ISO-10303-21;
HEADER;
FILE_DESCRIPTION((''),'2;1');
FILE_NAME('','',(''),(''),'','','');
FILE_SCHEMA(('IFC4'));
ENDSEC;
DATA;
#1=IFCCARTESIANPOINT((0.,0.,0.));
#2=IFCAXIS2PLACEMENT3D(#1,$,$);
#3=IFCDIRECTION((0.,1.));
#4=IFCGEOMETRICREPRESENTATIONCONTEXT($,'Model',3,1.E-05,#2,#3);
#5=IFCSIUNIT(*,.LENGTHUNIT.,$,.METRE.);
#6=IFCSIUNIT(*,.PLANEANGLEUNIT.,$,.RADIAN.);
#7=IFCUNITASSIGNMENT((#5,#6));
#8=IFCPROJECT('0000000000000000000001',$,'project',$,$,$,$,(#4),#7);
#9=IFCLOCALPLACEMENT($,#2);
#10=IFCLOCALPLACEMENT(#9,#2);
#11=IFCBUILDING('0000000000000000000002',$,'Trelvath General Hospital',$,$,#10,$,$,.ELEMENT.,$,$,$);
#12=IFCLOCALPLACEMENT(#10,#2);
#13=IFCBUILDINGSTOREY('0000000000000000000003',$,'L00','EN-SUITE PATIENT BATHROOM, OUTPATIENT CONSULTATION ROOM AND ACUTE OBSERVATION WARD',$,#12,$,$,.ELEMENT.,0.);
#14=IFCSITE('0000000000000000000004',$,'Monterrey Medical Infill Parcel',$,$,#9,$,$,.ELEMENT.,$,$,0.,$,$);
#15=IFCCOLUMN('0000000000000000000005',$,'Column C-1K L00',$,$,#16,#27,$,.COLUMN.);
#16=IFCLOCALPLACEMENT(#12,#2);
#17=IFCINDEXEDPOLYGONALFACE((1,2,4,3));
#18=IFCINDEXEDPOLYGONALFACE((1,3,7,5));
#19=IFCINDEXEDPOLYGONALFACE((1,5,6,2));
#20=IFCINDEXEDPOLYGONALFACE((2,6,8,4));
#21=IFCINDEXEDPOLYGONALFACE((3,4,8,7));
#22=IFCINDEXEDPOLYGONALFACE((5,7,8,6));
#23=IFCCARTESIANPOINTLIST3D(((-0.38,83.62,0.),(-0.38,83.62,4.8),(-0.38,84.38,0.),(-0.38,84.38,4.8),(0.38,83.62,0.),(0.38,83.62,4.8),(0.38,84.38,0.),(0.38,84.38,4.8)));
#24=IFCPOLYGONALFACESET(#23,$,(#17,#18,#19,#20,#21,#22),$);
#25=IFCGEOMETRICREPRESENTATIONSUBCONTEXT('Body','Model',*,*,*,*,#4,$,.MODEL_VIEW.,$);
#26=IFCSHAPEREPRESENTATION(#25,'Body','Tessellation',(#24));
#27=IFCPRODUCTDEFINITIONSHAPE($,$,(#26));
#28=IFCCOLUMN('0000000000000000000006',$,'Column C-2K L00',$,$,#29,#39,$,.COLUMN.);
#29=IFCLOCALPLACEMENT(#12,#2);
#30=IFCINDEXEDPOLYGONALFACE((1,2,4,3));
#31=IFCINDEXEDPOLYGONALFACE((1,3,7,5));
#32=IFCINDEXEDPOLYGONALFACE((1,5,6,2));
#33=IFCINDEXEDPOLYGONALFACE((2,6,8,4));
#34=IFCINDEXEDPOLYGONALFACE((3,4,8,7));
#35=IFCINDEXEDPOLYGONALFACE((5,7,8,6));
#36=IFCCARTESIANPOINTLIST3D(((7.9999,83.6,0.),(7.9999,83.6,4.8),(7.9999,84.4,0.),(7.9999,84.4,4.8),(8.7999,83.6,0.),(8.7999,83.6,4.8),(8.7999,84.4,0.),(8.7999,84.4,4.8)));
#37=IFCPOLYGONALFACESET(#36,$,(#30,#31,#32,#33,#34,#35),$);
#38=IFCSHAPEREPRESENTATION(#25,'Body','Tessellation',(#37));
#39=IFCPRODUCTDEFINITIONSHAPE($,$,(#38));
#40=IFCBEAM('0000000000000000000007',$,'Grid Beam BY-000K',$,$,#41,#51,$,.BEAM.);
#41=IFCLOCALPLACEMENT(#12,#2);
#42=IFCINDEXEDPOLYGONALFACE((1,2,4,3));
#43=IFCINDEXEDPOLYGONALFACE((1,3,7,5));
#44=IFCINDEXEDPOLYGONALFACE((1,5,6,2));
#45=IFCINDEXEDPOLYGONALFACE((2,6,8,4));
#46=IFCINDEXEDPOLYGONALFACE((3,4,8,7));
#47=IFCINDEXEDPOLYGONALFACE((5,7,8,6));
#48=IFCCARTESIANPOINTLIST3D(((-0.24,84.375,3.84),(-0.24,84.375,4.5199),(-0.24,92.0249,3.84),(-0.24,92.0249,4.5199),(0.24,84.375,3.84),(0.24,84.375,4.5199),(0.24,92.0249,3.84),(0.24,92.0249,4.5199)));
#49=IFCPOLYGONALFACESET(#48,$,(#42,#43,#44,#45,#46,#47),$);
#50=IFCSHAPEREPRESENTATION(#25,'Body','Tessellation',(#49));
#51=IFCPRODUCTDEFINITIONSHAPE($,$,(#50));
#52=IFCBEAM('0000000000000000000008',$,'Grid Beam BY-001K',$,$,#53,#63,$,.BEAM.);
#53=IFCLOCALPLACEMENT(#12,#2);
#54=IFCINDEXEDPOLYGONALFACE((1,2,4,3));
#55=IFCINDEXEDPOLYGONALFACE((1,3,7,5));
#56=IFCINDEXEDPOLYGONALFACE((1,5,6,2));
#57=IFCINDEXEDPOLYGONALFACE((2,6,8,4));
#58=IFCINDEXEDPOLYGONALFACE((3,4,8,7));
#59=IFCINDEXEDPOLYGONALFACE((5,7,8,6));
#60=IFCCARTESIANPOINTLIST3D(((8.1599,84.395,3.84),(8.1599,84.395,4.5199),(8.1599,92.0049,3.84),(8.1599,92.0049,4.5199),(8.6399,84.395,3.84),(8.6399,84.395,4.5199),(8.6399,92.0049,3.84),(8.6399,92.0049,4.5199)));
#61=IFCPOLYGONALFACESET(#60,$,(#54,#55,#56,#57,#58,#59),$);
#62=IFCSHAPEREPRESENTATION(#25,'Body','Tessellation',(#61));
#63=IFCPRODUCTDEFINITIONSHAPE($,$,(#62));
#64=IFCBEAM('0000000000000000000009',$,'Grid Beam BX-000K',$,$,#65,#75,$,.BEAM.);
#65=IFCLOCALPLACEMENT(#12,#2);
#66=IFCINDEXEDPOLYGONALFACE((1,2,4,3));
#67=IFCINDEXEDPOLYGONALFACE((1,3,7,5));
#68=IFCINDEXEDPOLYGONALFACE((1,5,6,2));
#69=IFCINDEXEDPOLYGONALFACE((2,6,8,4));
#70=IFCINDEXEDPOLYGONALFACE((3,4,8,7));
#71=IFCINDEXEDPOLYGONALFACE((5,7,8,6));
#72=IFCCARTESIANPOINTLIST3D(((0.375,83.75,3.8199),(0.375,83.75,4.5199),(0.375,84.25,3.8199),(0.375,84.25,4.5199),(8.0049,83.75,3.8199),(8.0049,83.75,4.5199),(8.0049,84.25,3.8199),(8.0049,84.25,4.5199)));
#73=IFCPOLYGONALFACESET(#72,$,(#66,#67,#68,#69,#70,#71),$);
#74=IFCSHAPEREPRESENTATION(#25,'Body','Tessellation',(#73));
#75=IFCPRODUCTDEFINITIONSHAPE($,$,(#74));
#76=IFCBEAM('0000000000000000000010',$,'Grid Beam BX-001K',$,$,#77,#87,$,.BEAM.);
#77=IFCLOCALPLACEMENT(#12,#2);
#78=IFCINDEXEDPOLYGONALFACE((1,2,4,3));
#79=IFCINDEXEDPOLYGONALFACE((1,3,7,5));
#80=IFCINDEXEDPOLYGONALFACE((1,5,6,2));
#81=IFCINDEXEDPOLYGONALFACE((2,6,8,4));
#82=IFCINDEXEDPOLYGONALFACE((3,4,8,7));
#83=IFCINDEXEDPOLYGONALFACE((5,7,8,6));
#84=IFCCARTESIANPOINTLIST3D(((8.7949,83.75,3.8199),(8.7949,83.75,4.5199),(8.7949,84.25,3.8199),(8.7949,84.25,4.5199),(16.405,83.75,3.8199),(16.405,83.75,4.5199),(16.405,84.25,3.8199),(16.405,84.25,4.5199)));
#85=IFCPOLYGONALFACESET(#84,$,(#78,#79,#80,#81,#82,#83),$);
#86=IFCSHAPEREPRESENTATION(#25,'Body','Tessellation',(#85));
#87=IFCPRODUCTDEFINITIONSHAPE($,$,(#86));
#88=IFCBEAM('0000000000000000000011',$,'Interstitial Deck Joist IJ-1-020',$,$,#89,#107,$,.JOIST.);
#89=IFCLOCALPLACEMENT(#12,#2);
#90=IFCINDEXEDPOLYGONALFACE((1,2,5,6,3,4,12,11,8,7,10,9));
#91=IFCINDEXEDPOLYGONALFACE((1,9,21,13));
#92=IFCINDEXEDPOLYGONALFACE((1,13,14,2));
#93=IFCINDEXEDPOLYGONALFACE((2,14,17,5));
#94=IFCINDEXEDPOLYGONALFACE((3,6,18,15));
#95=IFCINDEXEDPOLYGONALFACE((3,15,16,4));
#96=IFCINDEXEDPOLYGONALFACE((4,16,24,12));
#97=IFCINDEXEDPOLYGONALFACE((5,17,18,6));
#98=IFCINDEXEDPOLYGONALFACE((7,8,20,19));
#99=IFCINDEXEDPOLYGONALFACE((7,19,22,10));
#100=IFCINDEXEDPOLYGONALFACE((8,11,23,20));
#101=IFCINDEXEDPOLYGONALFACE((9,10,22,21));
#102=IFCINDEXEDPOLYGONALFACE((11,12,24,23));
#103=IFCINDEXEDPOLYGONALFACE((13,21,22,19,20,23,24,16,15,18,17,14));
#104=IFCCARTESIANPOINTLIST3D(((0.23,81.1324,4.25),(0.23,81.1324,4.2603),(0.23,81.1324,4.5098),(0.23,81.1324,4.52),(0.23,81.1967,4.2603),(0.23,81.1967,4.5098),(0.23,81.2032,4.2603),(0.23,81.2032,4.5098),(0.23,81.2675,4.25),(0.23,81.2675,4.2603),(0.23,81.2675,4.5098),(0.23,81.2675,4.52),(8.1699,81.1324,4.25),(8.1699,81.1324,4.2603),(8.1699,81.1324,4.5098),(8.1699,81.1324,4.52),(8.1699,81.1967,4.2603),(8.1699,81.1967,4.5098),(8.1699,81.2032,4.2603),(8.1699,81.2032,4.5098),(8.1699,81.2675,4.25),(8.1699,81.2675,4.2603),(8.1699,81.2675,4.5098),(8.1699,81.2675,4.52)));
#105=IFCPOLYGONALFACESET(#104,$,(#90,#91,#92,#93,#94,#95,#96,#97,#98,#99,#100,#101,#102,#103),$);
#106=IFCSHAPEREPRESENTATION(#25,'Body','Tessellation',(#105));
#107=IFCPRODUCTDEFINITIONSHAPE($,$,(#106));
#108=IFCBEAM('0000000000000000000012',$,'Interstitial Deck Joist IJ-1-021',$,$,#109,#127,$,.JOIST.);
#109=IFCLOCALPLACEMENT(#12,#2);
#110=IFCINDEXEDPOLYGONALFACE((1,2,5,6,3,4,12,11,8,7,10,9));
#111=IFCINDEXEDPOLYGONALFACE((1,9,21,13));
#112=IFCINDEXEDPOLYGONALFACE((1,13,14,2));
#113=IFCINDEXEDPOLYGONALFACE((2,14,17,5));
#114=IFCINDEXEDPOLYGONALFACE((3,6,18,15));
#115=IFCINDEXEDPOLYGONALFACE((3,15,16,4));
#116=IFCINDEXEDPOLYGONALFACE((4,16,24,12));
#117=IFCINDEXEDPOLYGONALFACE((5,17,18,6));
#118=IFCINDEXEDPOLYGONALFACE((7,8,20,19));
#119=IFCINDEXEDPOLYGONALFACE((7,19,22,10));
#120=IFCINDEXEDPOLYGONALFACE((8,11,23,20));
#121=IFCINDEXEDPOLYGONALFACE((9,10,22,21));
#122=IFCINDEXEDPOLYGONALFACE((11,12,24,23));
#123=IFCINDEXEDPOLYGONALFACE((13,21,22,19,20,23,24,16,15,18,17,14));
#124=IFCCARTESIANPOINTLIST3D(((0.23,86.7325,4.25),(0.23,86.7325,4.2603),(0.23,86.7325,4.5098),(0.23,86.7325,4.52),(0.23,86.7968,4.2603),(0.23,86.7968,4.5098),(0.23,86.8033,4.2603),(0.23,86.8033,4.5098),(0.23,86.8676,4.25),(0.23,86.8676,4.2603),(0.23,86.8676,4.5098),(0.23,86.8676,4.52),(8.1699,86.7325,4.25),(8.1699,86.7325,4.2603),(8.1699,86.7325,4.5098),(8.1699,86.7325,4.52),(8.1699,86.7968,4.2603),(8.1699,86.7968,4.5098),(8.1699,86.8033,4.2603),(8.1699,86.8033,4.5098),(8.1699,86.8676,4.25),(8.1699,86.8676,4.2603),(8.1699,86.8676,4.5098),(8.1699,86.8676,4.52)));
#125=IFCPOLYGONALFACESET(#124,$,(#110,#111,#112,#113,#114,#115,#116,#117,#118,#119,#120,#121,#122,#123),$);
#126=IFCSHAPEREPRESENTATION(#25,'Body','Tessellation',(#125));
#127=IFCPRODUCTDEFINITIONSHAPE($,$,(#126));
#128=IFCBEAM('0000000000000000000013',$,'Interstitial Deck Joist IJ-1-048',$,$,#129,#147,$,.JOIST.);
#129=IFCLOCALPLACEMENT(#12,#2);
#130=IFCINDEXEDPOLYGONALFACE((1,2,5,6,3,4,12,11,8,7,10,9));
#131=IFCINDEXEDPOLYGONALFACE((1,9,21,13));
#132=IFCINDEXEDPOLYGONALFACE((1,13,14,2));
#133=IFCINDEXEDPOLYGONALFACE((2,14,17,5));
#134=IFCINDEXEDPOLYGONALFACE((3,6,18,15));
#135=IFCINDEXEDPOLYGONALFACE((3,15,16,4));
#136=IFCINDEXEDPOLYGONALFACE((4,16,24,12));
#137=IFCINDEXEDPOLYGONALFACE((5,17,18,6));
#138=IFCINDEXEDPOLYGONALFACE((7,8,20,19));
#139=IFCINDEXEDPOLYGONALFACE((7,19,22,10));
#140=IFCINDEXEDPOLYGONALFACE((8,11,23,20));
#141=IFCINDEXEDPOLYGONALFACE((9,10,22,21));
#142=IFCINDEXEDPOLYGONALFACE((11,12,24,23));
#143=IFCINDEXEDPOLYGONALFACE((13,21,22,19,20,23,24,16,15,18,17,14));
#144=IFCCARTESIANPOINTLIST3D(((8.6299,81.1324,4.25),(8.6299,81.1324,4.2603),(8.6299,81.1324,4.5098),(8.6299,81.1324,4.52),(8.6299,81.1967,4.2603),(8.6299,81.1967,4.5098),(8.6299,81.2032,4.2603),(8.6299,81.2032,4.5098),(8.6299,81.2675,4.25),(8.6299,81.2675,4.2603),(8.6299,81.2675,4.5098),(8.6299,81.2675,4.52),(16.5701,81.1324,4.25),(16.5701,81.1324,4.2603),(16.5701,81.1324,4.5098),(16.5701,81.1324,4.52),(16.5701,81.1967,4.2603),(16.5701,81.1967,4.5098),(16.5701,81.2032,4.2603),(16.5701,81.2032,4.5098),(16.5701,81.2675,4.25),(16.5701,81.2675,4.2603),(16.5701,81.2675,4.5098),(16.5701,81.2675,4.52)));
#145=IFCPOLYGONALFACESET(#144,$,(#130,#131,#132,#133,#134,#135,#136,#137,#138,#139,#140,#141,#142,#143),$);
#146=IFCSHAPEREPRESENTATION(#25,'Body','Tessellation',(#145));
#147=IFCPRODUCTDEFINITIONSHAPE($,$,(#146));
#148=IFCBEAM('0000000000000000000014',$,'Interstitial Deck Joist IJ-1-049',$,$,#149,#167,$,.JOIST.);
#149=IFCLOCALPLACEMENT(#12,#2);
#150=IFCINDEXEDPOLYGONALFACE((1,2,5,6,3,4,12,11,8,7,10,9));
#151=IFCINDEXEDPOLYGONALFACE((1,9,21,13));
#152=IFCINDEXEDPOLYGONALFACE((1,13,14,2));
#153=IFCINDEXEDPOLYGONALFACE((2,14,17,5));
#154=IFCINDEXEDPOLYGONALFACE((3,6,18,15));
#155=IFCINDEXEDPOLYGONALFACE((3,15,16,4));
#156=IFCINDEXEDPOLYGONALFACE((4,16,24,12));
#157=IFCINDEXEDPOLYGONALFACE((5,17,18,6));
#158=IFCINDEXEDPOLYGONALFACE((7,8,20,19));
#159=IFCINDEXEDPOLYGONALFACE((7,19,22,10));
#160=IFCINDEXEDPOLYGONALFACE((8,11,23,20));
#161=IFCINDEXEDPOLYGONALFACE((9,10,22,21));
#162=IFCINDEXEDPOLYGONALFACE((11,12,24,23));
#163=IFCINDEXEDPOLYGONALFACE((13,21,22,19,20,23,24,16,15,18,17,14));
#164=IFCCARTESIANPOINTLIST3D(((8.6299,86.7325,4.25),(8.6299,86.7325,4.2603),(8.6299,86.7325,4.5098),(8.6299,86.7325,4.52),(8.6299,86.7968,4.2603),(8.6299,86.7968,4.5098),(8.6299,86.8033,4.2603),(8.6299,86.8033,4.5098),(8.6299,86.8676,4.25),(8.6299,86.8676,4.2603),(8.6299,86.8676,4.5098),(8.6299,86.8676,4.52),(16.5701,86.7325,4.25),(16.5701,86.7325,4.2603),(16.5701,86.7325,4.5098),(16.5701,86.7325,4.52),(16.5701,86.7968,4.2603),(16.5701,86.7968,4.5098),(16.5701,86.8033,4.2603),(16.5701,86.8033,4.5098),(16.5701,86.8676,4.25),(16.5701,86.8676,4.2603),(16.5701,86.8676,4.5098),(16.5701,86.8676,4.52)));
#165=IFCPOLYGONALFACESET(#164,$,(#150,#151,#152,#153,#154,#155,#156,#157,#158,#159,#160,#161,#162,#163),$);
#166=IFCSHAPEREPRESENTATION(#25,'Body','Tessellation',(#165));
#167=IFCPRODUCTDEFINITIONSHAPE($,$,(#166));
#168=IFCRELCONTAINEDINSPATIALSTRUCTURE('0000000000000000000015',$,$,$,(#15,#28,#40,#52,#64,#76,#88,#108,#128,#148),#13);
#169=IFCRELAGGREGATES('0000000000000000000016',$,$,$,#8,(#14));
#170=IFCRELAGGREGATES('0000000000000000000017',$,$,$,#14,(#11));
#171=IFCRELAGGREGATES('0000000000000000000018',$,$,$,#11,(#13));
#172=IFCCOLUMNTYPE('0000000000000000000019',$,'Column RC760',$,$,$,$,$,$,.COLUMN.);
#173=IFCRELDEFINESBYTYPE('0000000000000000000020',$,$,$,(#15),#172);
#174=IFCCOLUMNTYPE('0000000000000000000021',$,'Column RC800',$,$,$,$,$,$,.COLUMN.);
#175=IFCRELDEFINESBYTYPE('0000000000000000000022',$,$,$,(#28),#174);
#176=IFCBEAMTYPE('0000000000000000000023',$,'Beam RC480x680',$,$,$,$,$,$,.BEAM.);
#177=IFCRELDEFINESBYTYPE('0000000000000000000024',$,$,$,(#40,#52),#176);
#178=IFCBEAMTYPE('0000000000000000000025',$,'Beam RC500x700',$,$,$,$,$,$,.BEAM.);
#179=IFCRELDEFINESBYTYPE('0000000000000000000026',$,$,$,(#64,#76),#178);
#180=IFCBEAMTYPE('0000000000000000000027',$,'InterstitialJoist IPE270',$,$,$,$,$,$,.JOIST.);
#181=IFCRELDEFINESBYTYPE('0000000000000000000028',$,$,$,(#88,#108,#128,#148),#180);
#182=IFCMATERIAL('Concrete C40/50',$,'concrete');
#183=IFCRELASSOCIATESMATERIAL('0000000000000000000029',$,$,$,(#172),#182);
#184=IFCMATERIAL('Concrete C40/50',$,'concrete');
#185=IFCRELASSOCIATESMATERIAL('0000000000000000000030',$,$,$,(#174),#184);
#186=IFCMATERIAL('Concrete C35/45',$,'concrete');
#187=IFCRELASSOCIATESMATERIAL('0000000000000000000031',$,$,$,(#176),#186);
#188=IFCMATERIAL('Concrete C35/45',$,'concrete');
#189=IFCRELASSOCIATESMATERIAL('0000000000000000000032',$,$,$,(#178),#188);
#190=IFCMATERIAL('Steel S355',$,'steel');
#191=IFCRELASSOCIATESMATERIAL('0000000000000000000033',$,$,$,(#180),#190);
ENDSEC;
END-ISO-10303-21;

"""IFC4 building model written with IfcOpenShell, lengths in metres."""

from ifc_helpers import new_model, si_unit, direction, frame, origin, origin_2d, place, context, subcontext, project, spatial, rectangle, i_section, extrude, material, material_profile, profile_set, type_object, element, save


model = new_model("IFC4")

# Units and contexts
model_context = context("Model", 3, precision=1e-05, world=origin(), true_north=direction((0.0, 1.0)))
body_context = subcontext(model_context, "Body", "Model", "MODEL_VIEW")
ifc_project = project(units=[si_unit("LENGTHUNIT", "METRE"), si_unit("PLANEANGLEUNIT", "RADIAN")], contexts=[model_context])

# Site, building, storey
site_placement = place(None, origin())
site = spatial("IfcSite", under=ifc_project, at=site_placement, Name="Monterrey Medical Infill Parcel", CompositionType="ELEMENT", RefElevation=0.0)
building_placement = place(site_placement, origin())
building = spatial("IfcBuilding", under=site, at=building_placement, Name="Trelvath General Hospital", CompositionType="ELEMENT")
storey_placement = place(building_placement, origin())
storey = spatial("IfcBuildingStorey", under=building, at=storey_placement, Name="L00", Description="EN-SUITE PATIENT BATHROOM, OUTPATIENT CONSULTATION ROOM AND ACUTE OBSERVATION WARD", CompositionType="ELEMENT", Elevation=0.0)

# Columns
ifc_material_1 = material(Name="Concrete C40/50", Category="concrete")
ifc_material_profile_1 = material_profile(ifc_material_1, rectangle(XDim=0.76, YDim=0.76, at=origin_2d()), Name="RC760x760")
ifc_profile_set_1 = profile_set([ifc_material_profile_1], Name="Concrete C40/50")
column_type_1 = type_object("IfcColumnType", Name="Column RC760", PredefinedType="COLUMN", material=ifc_profile_set_1)
column_1_placement = place(storey_placement, frame((0.0, 84.0, 0.0), z_axis=(0.0, 0.0, 1.0), x_axis=(1.0, 0.0, 0.0)))
element("IfcColumn", 1, at=column_1_placement, inside=storey, type_object=column_type_1, Name="Column C-1K L00", PredefinedType="COLUMN", context=body_context, shape_type="SweptSolid", body=[
    extrude(rectangle(XDim=0.76, YDim=0.76, at=origin_2d()), origin(), (0.0, 0.0, 1.0), 4.8),
])
ifc_material_2 = material(Name="Concrete C40/50", Category="concrete")
ifc_material_profile_2 = material_profile(ifc_material_2, rectangle(XDim=0.8, YDim=0.8, at=origin_2d()), Name="RC800x800")
ifc_profile_set_2 = profile_set([ifc_material_profile_2], Name="Concrete C40/50")
column_type_2 = type_object("IfcColumnType", Name="Column RC800", PredefinedType="COLUMN", material=ifc_profile_set_2)
column_2_placement = place(storey_placement, frame((8.3999, 84.0, 0.0), z_axis=(0.0, 0.0, 1.0), x_axis=(1.0, 0.0, 0.0)))
element("IfcColumn", 2, at=column_2_placement, inside=storey, type_object=column_type_2, Name="Column C-2K L00", PredefinedType="COLUMN", context=body_context, shape_type="SweptSolid", body=[
    extrude(rectangle(XDim=0.8, YDim=0.8, at=origin_2d()), origin(), (0.0, 0.0, 1.0), 4.8),
])

# Beams
ifc_material_3 = material(Name="Concrete C35/45", Category="concrete")
ifc_material_profile_3 = material_profile(ifc_material_3, rectangle(XDim=0.48, YDim=0.6799, at=origin_2d()), Name="RCB480x680")
ifc_profile_set_3 = profile_set([ifc_material_profile_3], Name="Concrete C35/45")
beam_type_1 = type_object("IfcBeamType", Name="Beam RC480x680", PredefinedType="BEAM", material=ifc_profile_set_3)
beam_1_placement = place(storey_placement, frame((0.0, 84.375, 4.1799), z_axis=(0.0, 1.0, 0.0), x_axis=(-1.0, 0.0, 0.0)))
element("IfcBeam", 3, at=beam_1_placement, inside=storey, type_object=beam_type_1, Name="Grid Beam BY-000K", PredefinedType="BEAM", context=body_context, shape_type="SweptSolid", body=[
    extrude(rectangle(XDim=0.48, YDim=0.6799, at=origin_2d()), origin(), (0.0, 0.0, 1.0), 7.6499),
])
beam_2_placement = place(storey_placement, frame((8.3999, 84.395, 4.1799), z_axis=(0.0, 1.0, 0.0), x_axis=(-1.0, 0.0, 0.0)))
element("IfcBeam", 4, at=beam_2_placement, inside=storey, type_object=beam_type_1, Name="Grid Beam BY-001K", PredefinedType="BEAM", context=body_context, shape_type="SweptSolid", body=[
    extrude(rectangle(XDim=0.48, YDim=0.6799, at=origin_2d()), origin(), (0.0, 0.0, 1.0), 7.6099),
])
ifc_material_4 = material(Name="Concrete C35/45", Category="concrete")
ifc_material_profile_4 = material_profile(ifc_material_4, rectangle(XDim=0.5, YDim=0.7, at=origin_2d()), Name="RCB500x700")
ifc_profile_set_4 = profile_set([ifc_material_profile_4], Name="Concrete C35/45")
beam_type_2 = type_object("IfcBeamType", Name="Beam RC500x700", PredefinedType="BEAM", material=ifc_profile_set_4)
beam_3_placement = place(storey_placement, frame((0.375, 84.0, 4.1699), z_axis=(1.0, 0.0, 0.0), x_axis=(0.0, 1.0, 0.0)))
element("IfcBeam", 5, at=beam_3_placement, inside=storey, type_object=beam_type_2, Name="Grid Beam BX-000K", PredefinedType="BEAM", context=body_context, shape_type="SweptSolid", body=[
    extrude(rectangle(XDim=0.5, YDim=0.7, at=origin_2d()), origin(), (0.0, 0.0, 1.0), 7.6299),
])
beam_4_placement = place(storey_placement, frame((8.7949, 84.0, 4.1699), z_axis=(1.0, 0.0, 0.0), x_axis=(0.0, 1.0, 0.0)))
element("IfcBeam", 6, at=beam_4_placement, inside=storey, type_object=beam_type_2, Name="Grid Beam BX-001K", PredefinedType="BEAM", context=body_context, shape_type="SweptSolid", body=[
    extrude(rectangle(XDim=0.5, YDim=0.7, at=origin_2d()), origin(), (0.0, 0.0, 1.0), 7.6101),
])
ifc_material_5 = material(Name="Steel S355", Category="steel")
ifc_material_profile_5 = material_profile(ifc_material_5, i_section(OverallWidth=0.135, OverallDepth=0.27, WebThickness=0.0066, FlangeThickness=0.0103, at=origin_2d()), Name="IPE270")
ifc_profile_set_5 = profile_set([ifc_material_profile_5], Name="Steel S355")
beam_type_3 = type_object("IfcBeamType", Name="InterstitialJoist IPE270", PredefinedType="JOIST", material=ifc_profile_set_5)
for number, where, z_axis, x_axis, name in (
    (7, (0.23, 81.2, 4.385), (1.0, 0.0, 0.0), (0.0, 1.0, 0.0), "Interstitial Deck Joist IJ-1-020"),
    (8, (0.23, 86.8, 4.385), (1.0, 0.0, 0.0), (0.0, 1.0, 0.0), "Interstitial Deck Joist IJ-1-021"),
):
    element("IfcBeam", number, at=place(storey_placement, frame(where, z_axis=z_axis, x_axis=x_axis)), inside=storey, type_object=beam_type_3, Name=name, PredefinedType="JOIST", context=body_context, shape_type="SweptSolid", body=[
        extrude(i_section(OverallWidth=0.135, OverallDepth=0.27, WebThickness=0.0066, FlangeThickness=0.0103, at=origin_2d()), origin(), (0.0, 0.0, 1.0), 7.9399),
    ])
for number, where, z_axis, x_axis, name in (
    (9, (8.6299, 81.2, 4.385), (1.0, 0.0, 0.0), (0.0, 1.0, 0.0), "Interstitial Deck Joist IJ-1-048"),
    (10, (8.6299, 86.8, 4.385), (1.0, 0.0, 0.0), (0.0, 1.0, 0.0), "Interstitial Deck Joist IJ-1-049"),
):
    element("IfcBeam", number, at=place(storey_placement, frame(where, z_axis=z_axis, x_axis=x_axis)), inside=storey, type_object=beam_type_3, Name=name, PredefinedType="JOIST", context=body_context, shape_type="SweptSolid", body=[
        extrude(i_section(OverallWidth=0.135, OverallDepth=0.27, WebThickness=0.0066, FlangeThickness=0.0103, at=origin_2d()), origin(), (0.0, 0.0, 1.0), 7.9402),
    ])

save(model, "model.ifc")
